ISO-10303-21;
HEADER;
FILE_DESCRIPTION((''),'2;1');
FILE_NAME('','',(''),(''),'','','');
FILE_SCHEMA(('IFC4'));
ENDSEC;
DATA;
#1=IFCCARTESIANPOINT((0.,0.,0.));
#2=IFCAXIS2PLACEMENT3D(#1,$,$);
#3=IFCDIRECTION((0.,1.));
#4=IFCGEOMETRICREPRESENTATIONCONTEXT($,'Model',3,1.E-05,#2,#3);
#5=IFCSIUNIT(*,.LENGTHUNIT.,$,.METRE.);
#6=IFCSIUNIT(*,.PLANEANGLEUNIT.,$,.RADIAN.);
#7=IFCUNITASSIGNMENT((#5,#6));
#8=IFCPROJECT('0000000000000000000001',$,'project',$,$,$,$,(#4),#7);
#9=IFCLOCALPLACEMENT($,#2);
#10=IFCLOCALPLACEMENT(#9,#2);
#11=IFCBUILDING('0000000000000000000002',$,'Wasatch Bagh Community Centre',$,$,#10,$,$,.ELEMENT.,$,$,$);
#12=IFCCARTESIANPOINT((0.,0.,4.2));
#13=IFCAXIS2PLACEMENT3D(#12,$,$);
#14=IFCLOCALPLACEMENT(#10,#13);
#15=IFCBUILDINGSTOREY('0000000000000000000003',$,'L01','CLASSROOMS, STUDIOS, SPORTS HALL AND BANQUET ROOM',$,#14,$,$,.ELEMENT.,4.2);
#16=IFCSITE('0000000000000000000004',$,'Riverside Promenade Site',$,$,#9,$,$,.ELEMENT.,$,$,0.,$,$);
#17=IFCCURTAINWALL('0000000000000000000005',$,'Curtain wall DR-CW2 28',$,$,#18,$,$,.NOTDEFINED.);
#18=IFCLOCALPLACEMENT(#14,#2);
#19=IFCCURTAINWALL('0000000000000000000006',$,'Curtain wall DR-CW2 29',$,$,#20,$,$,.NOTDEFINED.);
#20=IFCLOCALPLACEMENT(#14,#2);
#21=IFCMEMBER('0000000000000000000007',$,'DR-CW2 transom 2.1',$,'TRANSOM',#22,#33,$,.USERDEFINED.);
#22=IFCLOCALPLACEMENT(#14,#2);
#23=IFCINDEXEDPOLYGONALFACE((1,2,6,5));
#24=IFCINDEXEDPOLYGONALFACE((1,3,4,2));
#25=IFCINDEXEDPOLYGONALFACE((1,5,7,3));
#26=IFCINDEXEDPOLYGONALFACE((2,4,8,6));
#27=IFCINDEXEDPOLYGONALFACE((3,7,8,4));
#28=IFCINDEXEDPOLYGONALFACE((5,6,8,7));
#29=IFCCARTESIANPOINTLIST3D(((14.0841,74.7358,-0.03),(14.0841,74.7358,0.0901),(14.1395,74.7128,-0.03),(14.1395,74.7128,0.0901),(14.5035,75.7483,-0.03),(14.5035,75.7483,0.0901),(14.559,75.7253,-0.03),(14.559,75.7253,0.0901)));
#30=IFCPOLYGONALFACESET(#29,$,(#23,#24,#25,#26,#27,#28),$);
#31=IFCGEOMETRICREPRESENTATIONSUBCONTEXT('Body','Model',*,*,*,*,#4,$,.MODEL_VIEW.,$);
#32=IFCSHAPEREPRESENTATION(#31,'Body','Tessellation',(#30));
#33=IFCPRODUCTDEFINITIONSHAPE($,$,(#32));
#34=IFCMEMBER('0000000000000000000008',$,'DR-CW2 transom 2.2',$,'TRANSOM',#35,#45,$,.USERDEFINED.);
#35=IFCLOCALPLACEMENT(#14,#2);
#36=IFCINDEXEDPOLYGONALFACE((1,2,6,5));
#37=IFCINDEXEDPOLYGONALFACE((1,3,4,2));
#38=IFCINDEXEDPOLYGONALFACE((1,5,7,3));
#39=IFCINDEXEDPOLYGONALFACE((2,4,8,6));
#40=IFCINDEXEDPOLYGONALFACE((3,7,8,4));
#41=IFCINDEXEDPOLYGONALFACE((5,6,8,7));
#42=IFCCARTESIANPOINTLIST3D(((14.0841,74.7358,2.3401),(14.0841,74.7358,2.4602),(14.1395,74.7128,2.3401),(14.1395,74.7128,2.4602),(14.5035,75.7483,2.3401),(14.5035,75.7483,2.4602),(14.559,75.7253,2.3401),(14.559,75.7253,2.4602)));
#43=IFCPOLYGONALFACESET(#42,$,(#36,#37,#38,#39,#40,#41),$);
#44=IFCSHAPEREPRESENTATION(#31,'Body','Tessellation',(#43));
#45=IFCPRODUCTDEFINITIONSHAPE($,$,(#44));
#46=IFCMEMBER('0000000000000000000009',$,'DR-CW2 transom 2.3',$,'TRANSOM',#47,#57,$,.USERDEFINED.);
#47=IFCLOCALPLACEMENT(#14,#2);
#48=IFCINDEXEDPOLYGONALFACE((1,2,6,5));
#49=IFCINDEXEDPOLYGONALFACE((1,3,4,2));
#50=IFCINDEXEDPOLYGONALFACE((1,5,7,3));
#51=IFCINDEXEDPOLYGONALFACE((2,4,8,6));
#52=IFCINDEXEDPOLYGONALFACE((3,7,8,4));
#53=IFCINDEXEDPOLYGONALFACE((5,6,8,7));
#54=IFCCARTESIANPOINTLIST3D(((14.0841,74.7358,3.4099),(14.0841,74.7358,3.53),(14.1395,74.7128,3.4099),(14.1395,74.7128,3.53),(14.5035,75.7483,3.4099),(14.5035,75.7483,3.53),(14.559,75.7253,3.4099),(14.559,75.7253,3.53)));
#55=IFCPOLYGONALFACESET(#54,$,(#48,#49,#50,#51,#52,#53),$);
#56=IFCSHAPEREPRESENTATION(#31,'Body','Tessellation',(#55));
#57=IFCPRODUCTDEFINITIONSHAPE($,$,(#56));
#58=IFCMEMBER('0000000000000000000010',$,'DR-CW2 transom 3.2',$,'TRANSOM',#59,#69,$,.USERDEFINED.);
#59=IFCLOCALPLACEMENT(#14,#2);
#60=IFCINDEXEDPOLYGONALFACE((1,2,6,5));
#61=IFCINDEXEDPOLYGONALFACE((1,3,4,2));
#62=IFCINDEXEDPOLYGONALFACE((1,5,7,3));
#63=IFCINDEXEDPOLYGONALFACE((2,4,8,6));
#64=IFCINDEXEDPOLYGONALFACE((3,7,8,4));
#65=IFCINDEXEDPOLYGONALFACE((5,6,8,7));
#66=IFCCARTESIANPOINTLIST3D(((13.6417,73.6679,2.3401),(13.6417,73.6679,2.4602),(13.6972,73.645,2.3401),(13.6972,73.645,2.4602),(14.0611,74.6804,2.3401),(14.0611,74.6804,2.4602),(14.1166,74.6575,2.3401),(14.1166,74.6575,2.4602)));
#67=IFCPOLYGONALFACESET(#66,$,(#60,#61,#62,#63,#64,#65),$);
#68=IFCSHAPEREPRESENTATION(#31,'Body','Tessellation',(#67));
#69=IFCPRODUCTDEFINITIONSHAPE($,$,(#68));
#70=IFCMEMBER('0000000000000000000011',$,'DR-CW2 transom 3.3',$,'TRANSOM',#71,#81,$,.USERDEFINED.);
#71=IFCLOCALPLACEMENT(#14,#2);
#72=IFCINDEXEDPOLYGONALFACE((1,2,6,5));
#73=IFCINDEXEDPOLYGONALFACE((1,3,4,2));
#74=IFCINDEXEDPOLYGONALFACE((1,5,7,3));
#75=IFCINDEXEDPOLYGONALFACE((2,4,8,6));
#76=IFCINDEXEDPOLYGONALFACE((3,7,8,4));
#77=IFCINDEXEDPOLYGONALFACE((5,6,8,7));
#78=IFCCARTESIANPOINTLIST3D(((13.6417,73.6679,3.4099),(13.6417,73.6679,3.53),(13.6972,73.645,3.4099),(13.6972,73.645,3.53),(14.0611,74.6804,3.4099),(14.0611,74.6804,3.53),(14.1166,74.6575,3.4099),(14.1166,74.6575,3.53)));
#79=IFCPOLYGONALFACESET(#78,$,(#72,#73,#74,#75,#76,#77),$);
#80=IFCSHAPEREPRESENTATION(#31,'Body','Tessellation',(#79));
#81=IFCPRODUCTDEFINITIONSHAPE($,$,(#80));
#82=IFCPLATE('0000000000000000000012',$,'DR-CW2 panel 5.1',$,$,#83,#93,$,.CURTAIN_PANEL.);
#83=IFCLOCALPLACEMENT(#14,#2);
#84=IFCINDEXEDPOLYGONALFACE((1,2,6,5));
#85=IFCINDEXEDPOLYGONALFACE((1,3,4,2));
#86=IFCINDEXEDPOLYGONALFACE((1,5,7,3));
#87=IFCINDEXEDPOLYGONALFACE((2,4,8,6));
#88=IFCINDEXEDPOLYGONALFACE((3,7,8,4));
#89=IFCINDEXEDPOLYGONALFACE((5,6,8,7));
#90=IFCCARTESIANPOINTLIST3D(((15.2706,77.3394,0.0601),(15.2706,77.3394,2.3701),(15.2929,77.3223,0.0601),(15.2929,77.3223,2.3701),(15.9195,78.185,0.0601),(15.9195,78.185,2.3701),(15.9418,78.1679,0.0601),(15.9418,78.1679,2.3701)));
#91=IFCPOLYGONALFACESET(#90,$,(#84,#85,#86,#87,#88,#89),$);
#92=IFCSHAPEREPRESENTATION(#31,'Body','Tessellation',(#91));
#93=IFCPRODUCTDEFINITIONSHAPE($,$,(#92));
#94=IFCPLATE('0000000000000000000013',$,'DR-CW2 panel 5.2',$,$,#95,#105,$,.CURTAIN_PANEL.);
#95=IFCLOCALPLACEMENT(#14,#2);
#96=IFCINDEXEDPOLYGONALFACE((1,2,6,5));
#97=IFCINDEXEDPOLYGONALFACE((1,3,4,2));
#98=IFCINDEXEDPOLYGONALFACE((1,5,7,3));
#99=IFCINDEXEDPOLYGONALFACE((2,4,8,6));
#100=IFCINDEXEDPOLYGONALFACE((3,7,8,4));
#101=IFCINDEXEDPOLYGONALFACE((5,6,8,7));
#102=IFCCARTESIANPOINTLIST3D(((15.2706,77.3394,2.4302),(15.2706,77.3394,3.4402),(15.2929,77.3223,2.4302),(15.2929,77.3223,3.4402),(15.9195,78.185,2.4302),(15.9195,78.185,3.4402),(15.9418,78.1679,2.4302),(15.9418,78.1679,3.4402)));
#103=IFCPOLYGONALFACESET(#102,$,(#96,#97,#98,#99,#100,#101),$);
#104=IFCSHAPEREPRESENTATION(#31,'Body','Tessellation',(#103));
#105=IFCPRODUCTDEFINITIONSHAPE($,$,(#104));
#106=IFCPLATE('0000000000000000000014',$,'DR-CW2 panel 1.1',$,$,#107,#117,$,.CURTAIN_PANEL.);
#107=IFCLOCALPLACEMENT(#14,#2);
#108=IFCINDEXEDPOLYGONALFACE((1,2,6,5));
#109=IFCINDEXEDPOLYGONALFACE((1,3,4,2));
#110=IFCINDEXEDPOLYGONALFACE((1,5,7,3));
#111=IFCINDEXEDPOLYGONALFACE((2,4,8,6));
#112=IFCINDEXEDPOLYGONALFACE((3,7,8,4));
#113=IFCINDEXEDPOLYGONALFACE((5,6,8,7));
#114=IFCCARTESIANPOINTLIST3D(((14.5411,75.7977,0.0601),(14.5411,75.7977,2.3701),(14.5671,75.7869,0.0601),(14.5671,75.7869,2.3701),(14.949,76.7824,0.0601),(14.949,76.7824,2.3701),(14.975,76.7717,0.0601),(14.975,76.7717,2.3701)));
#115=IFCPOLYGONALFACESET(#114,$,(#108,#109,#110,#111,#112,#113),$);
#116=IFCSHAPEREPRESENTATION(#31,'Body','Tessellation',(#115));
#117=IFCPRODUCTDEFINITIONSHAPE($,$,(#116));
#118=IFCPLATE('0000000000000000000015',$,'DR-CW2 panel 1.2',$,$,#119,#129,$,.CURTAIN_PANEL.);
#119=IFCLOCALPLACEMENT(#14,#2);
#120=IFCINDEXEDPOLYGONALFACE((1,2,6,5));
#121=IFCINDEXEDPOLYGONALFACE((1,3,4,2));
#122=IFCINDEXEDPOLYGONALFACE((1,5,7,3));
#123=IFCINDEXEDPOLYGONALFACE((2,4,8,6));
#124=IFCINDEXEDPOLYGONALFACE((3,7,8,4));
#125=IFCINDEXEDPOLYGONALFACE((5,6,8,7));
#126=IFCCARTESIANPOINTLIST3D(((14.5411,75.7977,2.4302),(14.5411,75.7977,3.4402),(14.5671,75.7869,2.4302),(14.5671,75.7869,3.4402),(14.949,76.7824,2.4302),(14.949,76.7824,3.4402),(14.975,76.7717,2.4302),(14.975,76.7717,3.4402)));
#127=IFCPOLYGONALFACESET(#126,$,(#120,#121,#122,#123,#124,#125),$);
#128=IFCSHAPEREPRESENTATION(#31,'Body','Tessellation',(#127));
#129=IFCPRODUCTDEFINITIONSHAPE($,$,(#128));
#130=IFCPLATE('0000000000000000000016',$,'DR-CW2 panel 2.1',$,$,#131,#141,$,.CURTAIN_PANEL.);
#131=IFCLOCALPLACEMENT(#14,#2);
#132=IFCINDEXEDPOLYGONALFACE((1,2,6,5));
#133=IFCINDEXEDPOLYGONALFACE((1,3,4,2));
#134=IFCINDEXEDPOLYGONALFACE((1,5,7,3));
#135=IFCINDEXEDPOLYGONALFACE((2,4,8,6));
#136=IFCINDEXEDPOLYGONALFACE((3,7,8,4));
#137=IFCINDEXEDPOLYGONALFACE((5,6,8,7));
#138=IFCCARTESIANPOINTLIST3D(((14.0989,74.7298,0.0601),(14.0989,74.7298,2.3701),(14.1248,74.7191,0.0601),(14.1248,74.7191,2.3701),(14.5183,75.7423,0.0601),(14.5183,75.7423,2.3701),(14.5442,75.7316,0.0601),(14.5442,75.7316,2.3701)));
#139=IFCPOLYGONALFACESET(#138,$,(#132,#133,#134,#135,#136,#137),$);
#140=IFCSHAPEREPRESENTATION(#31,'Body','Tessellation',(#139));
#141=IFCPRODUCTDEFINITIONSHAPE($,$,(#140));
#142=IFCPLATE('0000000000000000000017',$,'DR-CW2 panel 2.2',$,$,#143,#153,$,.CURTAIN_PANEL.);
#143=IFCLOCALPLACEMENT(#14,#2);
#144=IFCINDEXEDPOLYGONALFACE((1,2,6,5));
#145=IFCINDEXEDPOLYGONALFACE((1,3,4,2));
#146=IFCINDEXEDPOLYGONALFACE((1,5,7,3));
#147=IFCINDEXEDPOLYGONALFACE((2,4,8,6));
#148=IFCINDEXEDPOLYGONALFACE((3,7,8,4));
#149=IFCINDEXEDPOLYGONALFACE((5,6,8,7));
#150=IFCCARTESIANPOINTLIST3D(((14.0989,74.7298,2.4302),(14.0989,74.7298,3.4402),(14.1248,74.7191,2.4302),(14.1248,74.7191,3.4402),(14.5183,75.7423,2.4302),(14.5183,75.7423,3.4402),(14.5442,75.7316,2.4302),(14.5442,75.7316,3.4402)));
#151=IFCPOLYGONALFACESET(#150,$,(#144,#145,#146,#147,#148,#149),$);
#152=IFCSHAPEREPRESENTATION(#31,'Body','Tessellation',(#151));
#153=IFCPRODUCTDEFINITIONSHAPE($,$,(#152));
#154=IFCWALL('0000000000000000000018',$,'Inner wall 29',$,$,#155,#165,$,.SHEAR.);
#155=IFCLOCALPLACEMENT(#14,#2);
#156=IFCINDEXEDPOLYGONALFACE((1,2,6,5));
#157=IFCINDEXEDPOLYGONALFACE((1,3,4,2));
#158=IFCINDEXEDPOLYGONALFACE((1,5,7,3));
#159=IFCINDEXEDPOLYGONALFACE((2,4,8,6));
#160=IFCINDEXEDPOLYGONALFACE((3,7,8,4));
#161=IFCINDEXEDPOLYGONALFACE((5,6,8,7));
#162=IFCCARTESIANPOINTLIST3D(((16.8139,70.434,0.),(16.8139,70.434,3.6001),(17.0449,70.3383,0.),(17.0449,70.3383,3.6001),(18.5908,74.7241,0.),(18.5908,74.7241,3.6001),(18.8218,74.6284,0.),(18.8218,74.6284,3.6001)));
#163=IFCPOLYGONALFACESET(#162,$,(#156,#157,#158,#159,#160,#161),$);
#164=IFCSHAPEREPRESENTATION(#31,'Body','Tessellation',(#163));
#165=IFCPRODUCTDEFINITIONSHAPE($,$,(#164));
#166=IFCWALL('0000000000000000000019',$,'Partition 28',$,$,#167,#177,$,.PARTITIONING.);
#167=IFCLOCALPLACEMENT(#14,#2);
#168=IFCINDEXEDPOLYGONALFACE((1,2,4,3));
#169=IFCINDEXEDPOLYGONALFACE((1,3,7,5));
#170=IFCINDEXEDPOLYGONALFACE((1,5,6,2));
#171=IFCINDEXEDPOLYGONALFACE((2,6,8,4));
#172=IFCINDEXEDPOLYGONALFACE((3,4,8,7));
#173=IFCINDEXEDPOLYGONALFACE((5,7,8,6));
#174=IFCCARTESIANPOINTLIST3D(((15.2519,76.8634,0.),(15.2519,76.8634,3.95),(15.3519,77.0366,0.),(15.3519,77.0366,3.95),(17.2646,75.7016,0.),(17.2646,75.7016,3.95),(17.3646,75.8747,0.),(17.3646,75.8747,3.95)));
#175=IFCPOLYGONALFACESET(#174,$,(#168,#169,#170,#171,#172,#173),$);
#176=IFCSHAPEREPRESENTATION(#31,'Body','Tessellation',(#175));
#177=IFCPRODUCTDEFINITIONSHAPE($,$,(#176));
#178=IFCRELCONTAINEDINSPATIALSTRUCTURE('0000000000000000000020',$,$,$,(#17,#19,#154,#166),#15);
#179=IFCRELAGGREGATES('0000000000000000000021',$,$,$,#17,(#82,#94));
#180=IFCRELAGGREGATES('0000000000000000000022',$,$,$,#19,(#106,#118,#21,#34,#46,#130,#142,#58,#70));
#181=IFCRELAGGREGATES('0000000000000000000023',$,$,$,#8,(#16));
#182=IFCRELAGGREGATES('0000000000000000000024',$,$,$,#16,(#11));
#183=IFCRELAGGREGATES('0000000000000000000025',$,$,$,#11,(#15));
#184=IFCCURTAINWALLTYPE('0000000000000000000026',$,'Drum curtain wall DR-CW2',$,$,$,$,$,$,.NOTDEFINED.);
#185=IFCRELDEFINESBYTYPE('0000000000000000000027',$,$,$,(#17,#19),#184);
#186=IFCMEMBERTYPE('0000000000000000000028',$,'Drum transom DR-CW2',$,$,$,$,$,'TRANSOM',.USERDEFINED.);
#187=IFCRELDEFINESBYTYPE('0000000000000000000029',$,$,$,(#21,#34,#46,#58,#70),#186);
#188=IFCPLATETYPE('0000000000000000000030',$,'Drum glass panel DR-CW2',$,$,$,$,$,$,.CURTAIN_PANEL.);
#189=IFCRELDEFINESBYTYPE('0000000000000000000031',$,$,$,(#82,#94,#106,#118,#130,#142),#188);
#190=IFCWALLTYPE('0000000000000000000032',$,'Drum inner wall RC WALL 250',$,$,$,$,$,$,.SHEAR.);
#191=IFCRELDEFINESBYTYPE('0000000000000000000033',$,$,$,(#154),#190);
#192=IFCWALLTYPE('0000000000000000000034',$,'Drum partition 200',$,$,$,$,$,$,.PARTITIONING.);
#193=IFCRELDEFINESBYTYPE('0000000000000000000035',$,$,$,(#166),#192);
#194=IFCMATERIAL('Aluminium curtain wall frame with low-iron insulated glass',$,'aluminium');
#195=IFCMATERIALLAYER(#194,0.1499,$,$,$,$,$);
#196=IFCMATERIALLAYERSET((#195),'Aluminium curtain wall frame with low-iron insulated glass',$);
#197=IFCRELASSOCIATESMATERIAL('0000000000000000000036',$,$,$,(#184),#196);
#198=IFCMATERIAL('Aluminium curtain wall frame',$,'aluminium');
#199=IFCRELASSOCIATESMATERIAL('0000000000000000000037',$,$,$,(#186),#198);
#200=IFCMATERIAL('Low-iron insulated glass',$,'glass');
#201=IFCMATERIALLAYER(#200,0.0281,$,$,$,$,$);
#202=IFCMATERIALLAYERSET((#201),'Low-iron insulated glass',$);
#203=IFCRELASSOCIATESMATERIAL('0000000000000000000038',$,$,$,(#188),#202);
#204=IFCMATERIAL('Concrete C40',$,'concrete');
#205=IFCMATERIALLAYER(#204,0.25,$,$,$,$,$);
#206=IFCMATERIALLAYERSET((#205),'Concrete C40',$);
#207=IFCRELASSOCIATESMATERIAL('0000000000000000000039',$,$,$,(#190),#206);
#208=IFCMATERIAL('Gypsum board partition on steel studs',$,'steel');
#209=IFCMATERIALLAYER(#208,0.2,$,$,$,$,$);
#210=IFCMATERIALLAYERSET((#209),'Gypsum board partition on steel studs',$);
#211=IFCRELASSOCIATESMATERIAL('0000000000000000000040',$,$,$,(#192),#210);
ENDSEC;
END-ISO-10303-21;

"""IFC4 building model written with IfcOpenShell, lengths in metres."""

from ifc_helpers import new_model, si_unit, direction, frame, frame_2d, origin, origin_2d, place, context, subcontext, project, spatial, rectangle, extrude, material, layer, layer_set, material_profile, profile_set, type_object, element, aggregate, save


model = new_model("IFC4")

# Units and contexts
model_context = context("Model", 3, precision=1e-05, world=origin(), true_north=direction((0.0, 1.0)))
body_context = subcontext(model_context, "Body", "Model", "MODEL_VIEW")
ifc_project = project(units=[si_unit("LENGTHUNIT", "METRE"), si_unit("PLANEANGLEUNIT", "RADIAN")], contexts=[model_context])

# Site, building, storey
site_placement = place(None, origin())
site = spatial("IfcSite", under=ifc_project, at=site_placement, Name="Riverside Promenade Site", CompositionType="ELEMENT", RefElevation=0.0)
building_placement = place(site_placement, origin())
building = spatial("IfcBuilding", under=site, at=building_placement, Name="Wasatch Bagh Community Centre", CompositionType="ELEMENT")
storey_placement = place(building_placement, frame((0.0, 0.0, 4.2)))
storey = spatial("IfcBuildingStorey", under=building, at=storey_placement, Name="L01", Description="CLASSROOMS, STUDIOS, SPORTS HALL AND BANQUET ROOM", CompositionType="ELEMENT", Elevation=4.2)

# Shared definitions
ifc_material_1 = material(Name="Concrete C40", Category="concrete")

# Curtain walls
ifc_material_2 = material(Name="Aluminium curtain wall frame with low-iron insulated glass", Category="aluminium")
ifc_layer_1 = layer(ifc_material_2, 0.1499)
ifc_layer_set_1 = layer_set([ifc_layer_1], Name="Aluminium curtain wall frame with low-iron insulated glass")
curtain_wall_type = type_object("IfcCurtainWallType", Name="Drum curtain wall DR-CW2", PredefinedType="NOTDEFINED", material=ifc_layer_set_1)
curtain_wall_1_placement = place(storey_placement, origin())
curtain_wall_1 = element("IfcCurtainWall", 1, at=curtain_wall_1_placement, inside=storey, type_object=curtain_wall_type, Name="Curtain wall DR-CW2 28", PredefinedType="NOTDEFINED")
ifc_material_3 = material(Name="Aluminium curtain wall frame", Category="aluminium")
curtain_wall_2_placement = place(storey_placement, origin())
curtain_wall_2 = element("IfcCurtainWall", 2, at=curtain_wall_2_placement, inside=storey, type_object=curtain_wall_type, Name="Curtain wall DR-CW2 29", PredefinedType="NOTDEFINED")

# Members
ifc_material_profile_1 = material_profile(ifc_material_3, rectangle(XDim=0.0601, YDim=0.1201, at=origin_2d()), Name="Drum transom DR-CW2")
ifc_profile_set_1 = profile_set([ifc_material_profile_1], Name="Aluminium curtain wall frame")
member_type_1 = type_object("IfcMemberType", Name="Drum transom DR-CW2", ElementType="TRANSOM", PredefinedType="USERDEFINED", material=ifc_profile_set_1)
member_1_placement = place(storey_placement, frame((14.5312, 75.7368, 0.03), z_axis=(-0.382732, -0.923859, 0.0), x_axis=(0.923859, -0.382732, 0.0)))
member_1 = element("IfcMember", 3, at=member_1_placement, type_object=member_type_1, Name="DR-CW2 transom 2.1", ObjectType="TRANSOM", PredefinedType="USERDEFINED", context=body_context, shape_type="SweptSolid", body=[
    extrude(rectangle(XDim=0.0601, YDim=0.1201, at=origin_2d()), origin(), (0.0, 0.0, 1.0), 1.0959),
])
member_2_placement = place(storey_placement, frame((14.5312, 75.7368, 2.4001), z_axis=(-0.382732, -0.923859, 0.0), x_axis=(0.923859, -0.382732, 0.0)))
member_2 = element("IfcMember", 4, at=member_2_placement, type_object=member_type_1, Name="DR-CW2 transom 2.2", ObjectType="TRANSOM", PredefinedType="USERDEFINED", context=body_context, shape_type="SweptSolid", body=[
    extrude(rectangle(XDim=0.0601, YDim=0.1201, at=origin_2d()), origin(), (0.0, 0.0, 1.0), 1.0959),
])
member_3_placement = place(storey_placement, frame((14.5312, 75.7368, 3.47), z_axis=(-0.382732, -0.923859, 0.0), x_axis=(0.923859, -0.382732, 0.0)))
member_3 = element("IfcMember", 5, at=member_3_placement, type_object=member_type_1, Name="DR-CW2 transom 2.3", ObjectType="TRANSOM", PredefinedType="USERDEFINED", context=body_context, shape_type="SweptSolid", body=[
    extrude(rectangle(XDim=0.0601, YDim=0.1201, at=origin_2d()), origin(), (0.0, 0.0, 1.0), 1.0959),
])
member_4_placement = place(storey_placement, frame((14.0889, 74.6689, 2.4001), z_axis=(-0.382732, -0.923859, 0.0), x_axis=(0.923859, -0.382732, 0.0)))
member_4 = element("IfcMember", 6, at=member_4_placement, type_object=member_type_1, Name="DR-CW2 transom 3.2", ObjectType="TRANSOM", PredefinedType="USERDEFINED", context=body_context, shape_type="SweptSolid", body=[
    extrude(rectangle(XDim=0.0601, YDim=0.1201, at=origin_2d()), origin(), (0.0, 0.0, 1.0), 1.0959),
])
member_5_placement = place(storey_placement, frame((14.0889, 74.6689, 3.47), z_axis=(-0.382732, -0.923859, 0.0), x_axis=(0.923859, -0.382732, 0.0)))
member_5 = element("IfcMember", 7, at=member_5_placement, type_object=member_type_1, Name="DR-CW2 transom 3.3", ObjectType="TRANSOM", PredefinedType="USERDEFINED", context=body_context, shape_type="SweptSolid", body=[
    extrude(rectangle(XDim=0.0601, YDim=0.1201, at=origin_2d()), origin(), (0.0, 0.0, 1.0), 1.0959),
])

# Plates
ifc_material_4 = material(Name="Low-iron insulated glass", Category="glass")
ifc_layer_2 = layer(ifc_material_4, 0.0281)
ifc_layer_set_2 = layer_set([ifc_layer_2], Name="Low-iron insulated glass")
plate_type = type_object("IfcPlateType", Name="Drum glass panel DR-CW2", PredefinedType="CURTAIN_PANEL", material=ifc_layer_set_2)
plate_1_placement = place(storey_placement, frame((15.6062, 77.7537, 0.0601), z_axis=(0.0, 0.0, 1.0), x_axis=(-0.608761, -0.793353, 0.0)))
plate_1 = element("IfcPlate", 8, at=plate_1_placement, type_object=plate_type, Name="DR-CW2 panel 5.1", PredefinedType="CURTAIN_PANEL", context=body_context, shape_type="SweptSolid", body=[
    extrude(rectangle(XDim=1.0659, YDim=0.0281, at=origin_2d()), origin(), (0.0, 0.0, 1.0), 2.3101),
])
plate_2_placement = place(storey_placement, frame((15.6062, 77.7537, 2.4302), z_axis=(0.0, 0.0, 1.0), x_axis=(-0.608761, -0.793353, 0.0)))
plate_2 = element("IfcPlate", 9, at=plate_2_placement, type_object=plate_type, Name="DR-CW2 panel 5.2", PredefinedType="CURTAIN_PANEL", context=body_context, shape_type="SweptSolid", body=[
    extrude(rectangle(XDim=1.0659, YDim=0.0281, at=origin_2d()), origin(), (0.0, 0.0, 1.0), 1.01),
])
aggregate(curtain_wall_1, [plate_1, plate_2])
plate_3_placement = place(storey_placement, frame((14.7581, 76.2847, 0.0601), z_axis=(0.0, 0.0, 1.0), x_axis=(-0.382683, -0.92388, 0.0)))
plate_3 = element("IfcPlate", 10, at=plate_3_placement, type_object=plate_type, Name="DR-CW2 panel 1.1", PredefinedType="CURTAIN_PANEL", context=body_context, shape_type="SweptSolid", body=[
    extrude(rectangle(XDim=1.0659, YDim=0.0281, at=origin_2d()), origin(), (0.0, 0.0, 1.0), 2.3101),
])
plate_4_placement = place(storey_placement, frame((14.7581, 76.2847, 2.4302), z_axis=(0.0, 0.0, 1.0), x_axis=(-0.382683, -0.92388, 0.0)))
plate_4 = element("IfcPlate", 11, at=plate_4_placement, type_object=plate_type, Name="DR-CW2 panel 1.2", PredefinedType="CURTAIN_PANEL", context=body_context, shape_type="SweptSolid", body=[
    extrude(rectangle(XDim=1.0659, YDim=0.0281, at=origin_2d()), origin(), (0.0, 0.0, 1.0), 1.01),
])
plate_5_placement = place(storey_placement, frame((14.3215, 75.2307, 0.0601), z_axis=(0.0, 0.0, 1.0), x_axis=(-0.382683, -0.92388, 0.0)))
plate_5 = element("IfcPlate", 12, at=plate_5_placement, type_object=plate_type, Name="DR-CW2 panel 2.1", PredefinedType="CURTAIN_PANEL", context=body_context, shape_type="SweptSolid", body=[
    extrude(rectangle(XDim=1.0959, YDim=0.0281, at=origin_2d()), origin(), (0.0, 0.0, 1.0), 2.3101),
])
plate_6_placement = place(storey_placement, frame((14.3215, 75.2307, 2.4302), z_axis=(0.0, 0.0, 1.0), x_axis=(-0.382683, -0.92388, 0.0)))
plate_6 = element("IfcPlate", 13, at=plate_6_placement, type_object=plate_type, Name="DR-CW2 panel 2.2", PredefinedType="CURTAIN_PANEL", context=body_context, shape_type="SweptSolid", body=[
    extrude(rectangle(XDim=1.0959, YDim=0.0281, at=origin_2d()), origin(), (0.0, 0.0, 1.0), 1.01),
])
aggregate(curtain_wall_2, [plate_3, plate_4, member_1, member_2, member_3, plate_5, plate_6, member_4, member_5])

# Walls
ifc_layer_3 = layer(ifc_material_1, 0.25)
ifc_layer_set_3 = layer_set([ifc_layer_3], Name="Concrete C40")
wall_type_1 = type_object("IfcWallType", Name="Drum inner wall RC WALL 250", PredefinedType="SHEAR", material=ifc_layer_set_3)
wall_1_placement = place(storey_placement, frame((18.7063, 74.6763, 0.0), z_axis=(0.0, 0.0, 1.0), x_axis=(-0.382658, -0.92389, 0.0)))
element("IfcWall", 14, at=wall_1_placement, inside=storey, type_object=wall_type_1, Name="Inner wall 29", PredefinedType="SHEAR", context=body_context, shape_type="SweptSolid", body=[
    extrude(rectangle(XDim=4.6436, YDim=0.25, at=frame_2d((2.3218, 0.0))), origin(), (0.0, 0.0, 1.0), 3.6001),
])
ifc_material_5 = material(Name="Gypsum board partition on steel studs", Category="steel")
ifc_layer_4 = layer(ifc_material_5, 0.2)
ifc_layer_set_4 = layer_set([ifc_layer_4], Name="Gypsum board partition on steel studs")
wall_type_2 = type_object("IfcWallType", Name="Drum partition 200", PredefinedType="PARTITIONING", material=ifc_layer_set_4)
wall_2_placement = place(storey_placement, frame((17.3147, 75.7881, 0.0), z_axis=(0.0, 0.0, 1.0), x_axis=(-0.866056, 0.499947, 0.0)))
element("IfcWall", 15, at=wall_2_placement, inside=storey, type_object=wall_type_2, Name="Partition 28", PredefinedType="PARTITIONING", context=body_context, shape_type="SweptSolid", body=[
    extrude(rectangle(XDim=2.324, YDim=0.2, at=frame_2d((1.1621, 0.0))), origin(), (0.0, 0.0, 1.0), 3.95),
])

save(model, "model.ifc")
